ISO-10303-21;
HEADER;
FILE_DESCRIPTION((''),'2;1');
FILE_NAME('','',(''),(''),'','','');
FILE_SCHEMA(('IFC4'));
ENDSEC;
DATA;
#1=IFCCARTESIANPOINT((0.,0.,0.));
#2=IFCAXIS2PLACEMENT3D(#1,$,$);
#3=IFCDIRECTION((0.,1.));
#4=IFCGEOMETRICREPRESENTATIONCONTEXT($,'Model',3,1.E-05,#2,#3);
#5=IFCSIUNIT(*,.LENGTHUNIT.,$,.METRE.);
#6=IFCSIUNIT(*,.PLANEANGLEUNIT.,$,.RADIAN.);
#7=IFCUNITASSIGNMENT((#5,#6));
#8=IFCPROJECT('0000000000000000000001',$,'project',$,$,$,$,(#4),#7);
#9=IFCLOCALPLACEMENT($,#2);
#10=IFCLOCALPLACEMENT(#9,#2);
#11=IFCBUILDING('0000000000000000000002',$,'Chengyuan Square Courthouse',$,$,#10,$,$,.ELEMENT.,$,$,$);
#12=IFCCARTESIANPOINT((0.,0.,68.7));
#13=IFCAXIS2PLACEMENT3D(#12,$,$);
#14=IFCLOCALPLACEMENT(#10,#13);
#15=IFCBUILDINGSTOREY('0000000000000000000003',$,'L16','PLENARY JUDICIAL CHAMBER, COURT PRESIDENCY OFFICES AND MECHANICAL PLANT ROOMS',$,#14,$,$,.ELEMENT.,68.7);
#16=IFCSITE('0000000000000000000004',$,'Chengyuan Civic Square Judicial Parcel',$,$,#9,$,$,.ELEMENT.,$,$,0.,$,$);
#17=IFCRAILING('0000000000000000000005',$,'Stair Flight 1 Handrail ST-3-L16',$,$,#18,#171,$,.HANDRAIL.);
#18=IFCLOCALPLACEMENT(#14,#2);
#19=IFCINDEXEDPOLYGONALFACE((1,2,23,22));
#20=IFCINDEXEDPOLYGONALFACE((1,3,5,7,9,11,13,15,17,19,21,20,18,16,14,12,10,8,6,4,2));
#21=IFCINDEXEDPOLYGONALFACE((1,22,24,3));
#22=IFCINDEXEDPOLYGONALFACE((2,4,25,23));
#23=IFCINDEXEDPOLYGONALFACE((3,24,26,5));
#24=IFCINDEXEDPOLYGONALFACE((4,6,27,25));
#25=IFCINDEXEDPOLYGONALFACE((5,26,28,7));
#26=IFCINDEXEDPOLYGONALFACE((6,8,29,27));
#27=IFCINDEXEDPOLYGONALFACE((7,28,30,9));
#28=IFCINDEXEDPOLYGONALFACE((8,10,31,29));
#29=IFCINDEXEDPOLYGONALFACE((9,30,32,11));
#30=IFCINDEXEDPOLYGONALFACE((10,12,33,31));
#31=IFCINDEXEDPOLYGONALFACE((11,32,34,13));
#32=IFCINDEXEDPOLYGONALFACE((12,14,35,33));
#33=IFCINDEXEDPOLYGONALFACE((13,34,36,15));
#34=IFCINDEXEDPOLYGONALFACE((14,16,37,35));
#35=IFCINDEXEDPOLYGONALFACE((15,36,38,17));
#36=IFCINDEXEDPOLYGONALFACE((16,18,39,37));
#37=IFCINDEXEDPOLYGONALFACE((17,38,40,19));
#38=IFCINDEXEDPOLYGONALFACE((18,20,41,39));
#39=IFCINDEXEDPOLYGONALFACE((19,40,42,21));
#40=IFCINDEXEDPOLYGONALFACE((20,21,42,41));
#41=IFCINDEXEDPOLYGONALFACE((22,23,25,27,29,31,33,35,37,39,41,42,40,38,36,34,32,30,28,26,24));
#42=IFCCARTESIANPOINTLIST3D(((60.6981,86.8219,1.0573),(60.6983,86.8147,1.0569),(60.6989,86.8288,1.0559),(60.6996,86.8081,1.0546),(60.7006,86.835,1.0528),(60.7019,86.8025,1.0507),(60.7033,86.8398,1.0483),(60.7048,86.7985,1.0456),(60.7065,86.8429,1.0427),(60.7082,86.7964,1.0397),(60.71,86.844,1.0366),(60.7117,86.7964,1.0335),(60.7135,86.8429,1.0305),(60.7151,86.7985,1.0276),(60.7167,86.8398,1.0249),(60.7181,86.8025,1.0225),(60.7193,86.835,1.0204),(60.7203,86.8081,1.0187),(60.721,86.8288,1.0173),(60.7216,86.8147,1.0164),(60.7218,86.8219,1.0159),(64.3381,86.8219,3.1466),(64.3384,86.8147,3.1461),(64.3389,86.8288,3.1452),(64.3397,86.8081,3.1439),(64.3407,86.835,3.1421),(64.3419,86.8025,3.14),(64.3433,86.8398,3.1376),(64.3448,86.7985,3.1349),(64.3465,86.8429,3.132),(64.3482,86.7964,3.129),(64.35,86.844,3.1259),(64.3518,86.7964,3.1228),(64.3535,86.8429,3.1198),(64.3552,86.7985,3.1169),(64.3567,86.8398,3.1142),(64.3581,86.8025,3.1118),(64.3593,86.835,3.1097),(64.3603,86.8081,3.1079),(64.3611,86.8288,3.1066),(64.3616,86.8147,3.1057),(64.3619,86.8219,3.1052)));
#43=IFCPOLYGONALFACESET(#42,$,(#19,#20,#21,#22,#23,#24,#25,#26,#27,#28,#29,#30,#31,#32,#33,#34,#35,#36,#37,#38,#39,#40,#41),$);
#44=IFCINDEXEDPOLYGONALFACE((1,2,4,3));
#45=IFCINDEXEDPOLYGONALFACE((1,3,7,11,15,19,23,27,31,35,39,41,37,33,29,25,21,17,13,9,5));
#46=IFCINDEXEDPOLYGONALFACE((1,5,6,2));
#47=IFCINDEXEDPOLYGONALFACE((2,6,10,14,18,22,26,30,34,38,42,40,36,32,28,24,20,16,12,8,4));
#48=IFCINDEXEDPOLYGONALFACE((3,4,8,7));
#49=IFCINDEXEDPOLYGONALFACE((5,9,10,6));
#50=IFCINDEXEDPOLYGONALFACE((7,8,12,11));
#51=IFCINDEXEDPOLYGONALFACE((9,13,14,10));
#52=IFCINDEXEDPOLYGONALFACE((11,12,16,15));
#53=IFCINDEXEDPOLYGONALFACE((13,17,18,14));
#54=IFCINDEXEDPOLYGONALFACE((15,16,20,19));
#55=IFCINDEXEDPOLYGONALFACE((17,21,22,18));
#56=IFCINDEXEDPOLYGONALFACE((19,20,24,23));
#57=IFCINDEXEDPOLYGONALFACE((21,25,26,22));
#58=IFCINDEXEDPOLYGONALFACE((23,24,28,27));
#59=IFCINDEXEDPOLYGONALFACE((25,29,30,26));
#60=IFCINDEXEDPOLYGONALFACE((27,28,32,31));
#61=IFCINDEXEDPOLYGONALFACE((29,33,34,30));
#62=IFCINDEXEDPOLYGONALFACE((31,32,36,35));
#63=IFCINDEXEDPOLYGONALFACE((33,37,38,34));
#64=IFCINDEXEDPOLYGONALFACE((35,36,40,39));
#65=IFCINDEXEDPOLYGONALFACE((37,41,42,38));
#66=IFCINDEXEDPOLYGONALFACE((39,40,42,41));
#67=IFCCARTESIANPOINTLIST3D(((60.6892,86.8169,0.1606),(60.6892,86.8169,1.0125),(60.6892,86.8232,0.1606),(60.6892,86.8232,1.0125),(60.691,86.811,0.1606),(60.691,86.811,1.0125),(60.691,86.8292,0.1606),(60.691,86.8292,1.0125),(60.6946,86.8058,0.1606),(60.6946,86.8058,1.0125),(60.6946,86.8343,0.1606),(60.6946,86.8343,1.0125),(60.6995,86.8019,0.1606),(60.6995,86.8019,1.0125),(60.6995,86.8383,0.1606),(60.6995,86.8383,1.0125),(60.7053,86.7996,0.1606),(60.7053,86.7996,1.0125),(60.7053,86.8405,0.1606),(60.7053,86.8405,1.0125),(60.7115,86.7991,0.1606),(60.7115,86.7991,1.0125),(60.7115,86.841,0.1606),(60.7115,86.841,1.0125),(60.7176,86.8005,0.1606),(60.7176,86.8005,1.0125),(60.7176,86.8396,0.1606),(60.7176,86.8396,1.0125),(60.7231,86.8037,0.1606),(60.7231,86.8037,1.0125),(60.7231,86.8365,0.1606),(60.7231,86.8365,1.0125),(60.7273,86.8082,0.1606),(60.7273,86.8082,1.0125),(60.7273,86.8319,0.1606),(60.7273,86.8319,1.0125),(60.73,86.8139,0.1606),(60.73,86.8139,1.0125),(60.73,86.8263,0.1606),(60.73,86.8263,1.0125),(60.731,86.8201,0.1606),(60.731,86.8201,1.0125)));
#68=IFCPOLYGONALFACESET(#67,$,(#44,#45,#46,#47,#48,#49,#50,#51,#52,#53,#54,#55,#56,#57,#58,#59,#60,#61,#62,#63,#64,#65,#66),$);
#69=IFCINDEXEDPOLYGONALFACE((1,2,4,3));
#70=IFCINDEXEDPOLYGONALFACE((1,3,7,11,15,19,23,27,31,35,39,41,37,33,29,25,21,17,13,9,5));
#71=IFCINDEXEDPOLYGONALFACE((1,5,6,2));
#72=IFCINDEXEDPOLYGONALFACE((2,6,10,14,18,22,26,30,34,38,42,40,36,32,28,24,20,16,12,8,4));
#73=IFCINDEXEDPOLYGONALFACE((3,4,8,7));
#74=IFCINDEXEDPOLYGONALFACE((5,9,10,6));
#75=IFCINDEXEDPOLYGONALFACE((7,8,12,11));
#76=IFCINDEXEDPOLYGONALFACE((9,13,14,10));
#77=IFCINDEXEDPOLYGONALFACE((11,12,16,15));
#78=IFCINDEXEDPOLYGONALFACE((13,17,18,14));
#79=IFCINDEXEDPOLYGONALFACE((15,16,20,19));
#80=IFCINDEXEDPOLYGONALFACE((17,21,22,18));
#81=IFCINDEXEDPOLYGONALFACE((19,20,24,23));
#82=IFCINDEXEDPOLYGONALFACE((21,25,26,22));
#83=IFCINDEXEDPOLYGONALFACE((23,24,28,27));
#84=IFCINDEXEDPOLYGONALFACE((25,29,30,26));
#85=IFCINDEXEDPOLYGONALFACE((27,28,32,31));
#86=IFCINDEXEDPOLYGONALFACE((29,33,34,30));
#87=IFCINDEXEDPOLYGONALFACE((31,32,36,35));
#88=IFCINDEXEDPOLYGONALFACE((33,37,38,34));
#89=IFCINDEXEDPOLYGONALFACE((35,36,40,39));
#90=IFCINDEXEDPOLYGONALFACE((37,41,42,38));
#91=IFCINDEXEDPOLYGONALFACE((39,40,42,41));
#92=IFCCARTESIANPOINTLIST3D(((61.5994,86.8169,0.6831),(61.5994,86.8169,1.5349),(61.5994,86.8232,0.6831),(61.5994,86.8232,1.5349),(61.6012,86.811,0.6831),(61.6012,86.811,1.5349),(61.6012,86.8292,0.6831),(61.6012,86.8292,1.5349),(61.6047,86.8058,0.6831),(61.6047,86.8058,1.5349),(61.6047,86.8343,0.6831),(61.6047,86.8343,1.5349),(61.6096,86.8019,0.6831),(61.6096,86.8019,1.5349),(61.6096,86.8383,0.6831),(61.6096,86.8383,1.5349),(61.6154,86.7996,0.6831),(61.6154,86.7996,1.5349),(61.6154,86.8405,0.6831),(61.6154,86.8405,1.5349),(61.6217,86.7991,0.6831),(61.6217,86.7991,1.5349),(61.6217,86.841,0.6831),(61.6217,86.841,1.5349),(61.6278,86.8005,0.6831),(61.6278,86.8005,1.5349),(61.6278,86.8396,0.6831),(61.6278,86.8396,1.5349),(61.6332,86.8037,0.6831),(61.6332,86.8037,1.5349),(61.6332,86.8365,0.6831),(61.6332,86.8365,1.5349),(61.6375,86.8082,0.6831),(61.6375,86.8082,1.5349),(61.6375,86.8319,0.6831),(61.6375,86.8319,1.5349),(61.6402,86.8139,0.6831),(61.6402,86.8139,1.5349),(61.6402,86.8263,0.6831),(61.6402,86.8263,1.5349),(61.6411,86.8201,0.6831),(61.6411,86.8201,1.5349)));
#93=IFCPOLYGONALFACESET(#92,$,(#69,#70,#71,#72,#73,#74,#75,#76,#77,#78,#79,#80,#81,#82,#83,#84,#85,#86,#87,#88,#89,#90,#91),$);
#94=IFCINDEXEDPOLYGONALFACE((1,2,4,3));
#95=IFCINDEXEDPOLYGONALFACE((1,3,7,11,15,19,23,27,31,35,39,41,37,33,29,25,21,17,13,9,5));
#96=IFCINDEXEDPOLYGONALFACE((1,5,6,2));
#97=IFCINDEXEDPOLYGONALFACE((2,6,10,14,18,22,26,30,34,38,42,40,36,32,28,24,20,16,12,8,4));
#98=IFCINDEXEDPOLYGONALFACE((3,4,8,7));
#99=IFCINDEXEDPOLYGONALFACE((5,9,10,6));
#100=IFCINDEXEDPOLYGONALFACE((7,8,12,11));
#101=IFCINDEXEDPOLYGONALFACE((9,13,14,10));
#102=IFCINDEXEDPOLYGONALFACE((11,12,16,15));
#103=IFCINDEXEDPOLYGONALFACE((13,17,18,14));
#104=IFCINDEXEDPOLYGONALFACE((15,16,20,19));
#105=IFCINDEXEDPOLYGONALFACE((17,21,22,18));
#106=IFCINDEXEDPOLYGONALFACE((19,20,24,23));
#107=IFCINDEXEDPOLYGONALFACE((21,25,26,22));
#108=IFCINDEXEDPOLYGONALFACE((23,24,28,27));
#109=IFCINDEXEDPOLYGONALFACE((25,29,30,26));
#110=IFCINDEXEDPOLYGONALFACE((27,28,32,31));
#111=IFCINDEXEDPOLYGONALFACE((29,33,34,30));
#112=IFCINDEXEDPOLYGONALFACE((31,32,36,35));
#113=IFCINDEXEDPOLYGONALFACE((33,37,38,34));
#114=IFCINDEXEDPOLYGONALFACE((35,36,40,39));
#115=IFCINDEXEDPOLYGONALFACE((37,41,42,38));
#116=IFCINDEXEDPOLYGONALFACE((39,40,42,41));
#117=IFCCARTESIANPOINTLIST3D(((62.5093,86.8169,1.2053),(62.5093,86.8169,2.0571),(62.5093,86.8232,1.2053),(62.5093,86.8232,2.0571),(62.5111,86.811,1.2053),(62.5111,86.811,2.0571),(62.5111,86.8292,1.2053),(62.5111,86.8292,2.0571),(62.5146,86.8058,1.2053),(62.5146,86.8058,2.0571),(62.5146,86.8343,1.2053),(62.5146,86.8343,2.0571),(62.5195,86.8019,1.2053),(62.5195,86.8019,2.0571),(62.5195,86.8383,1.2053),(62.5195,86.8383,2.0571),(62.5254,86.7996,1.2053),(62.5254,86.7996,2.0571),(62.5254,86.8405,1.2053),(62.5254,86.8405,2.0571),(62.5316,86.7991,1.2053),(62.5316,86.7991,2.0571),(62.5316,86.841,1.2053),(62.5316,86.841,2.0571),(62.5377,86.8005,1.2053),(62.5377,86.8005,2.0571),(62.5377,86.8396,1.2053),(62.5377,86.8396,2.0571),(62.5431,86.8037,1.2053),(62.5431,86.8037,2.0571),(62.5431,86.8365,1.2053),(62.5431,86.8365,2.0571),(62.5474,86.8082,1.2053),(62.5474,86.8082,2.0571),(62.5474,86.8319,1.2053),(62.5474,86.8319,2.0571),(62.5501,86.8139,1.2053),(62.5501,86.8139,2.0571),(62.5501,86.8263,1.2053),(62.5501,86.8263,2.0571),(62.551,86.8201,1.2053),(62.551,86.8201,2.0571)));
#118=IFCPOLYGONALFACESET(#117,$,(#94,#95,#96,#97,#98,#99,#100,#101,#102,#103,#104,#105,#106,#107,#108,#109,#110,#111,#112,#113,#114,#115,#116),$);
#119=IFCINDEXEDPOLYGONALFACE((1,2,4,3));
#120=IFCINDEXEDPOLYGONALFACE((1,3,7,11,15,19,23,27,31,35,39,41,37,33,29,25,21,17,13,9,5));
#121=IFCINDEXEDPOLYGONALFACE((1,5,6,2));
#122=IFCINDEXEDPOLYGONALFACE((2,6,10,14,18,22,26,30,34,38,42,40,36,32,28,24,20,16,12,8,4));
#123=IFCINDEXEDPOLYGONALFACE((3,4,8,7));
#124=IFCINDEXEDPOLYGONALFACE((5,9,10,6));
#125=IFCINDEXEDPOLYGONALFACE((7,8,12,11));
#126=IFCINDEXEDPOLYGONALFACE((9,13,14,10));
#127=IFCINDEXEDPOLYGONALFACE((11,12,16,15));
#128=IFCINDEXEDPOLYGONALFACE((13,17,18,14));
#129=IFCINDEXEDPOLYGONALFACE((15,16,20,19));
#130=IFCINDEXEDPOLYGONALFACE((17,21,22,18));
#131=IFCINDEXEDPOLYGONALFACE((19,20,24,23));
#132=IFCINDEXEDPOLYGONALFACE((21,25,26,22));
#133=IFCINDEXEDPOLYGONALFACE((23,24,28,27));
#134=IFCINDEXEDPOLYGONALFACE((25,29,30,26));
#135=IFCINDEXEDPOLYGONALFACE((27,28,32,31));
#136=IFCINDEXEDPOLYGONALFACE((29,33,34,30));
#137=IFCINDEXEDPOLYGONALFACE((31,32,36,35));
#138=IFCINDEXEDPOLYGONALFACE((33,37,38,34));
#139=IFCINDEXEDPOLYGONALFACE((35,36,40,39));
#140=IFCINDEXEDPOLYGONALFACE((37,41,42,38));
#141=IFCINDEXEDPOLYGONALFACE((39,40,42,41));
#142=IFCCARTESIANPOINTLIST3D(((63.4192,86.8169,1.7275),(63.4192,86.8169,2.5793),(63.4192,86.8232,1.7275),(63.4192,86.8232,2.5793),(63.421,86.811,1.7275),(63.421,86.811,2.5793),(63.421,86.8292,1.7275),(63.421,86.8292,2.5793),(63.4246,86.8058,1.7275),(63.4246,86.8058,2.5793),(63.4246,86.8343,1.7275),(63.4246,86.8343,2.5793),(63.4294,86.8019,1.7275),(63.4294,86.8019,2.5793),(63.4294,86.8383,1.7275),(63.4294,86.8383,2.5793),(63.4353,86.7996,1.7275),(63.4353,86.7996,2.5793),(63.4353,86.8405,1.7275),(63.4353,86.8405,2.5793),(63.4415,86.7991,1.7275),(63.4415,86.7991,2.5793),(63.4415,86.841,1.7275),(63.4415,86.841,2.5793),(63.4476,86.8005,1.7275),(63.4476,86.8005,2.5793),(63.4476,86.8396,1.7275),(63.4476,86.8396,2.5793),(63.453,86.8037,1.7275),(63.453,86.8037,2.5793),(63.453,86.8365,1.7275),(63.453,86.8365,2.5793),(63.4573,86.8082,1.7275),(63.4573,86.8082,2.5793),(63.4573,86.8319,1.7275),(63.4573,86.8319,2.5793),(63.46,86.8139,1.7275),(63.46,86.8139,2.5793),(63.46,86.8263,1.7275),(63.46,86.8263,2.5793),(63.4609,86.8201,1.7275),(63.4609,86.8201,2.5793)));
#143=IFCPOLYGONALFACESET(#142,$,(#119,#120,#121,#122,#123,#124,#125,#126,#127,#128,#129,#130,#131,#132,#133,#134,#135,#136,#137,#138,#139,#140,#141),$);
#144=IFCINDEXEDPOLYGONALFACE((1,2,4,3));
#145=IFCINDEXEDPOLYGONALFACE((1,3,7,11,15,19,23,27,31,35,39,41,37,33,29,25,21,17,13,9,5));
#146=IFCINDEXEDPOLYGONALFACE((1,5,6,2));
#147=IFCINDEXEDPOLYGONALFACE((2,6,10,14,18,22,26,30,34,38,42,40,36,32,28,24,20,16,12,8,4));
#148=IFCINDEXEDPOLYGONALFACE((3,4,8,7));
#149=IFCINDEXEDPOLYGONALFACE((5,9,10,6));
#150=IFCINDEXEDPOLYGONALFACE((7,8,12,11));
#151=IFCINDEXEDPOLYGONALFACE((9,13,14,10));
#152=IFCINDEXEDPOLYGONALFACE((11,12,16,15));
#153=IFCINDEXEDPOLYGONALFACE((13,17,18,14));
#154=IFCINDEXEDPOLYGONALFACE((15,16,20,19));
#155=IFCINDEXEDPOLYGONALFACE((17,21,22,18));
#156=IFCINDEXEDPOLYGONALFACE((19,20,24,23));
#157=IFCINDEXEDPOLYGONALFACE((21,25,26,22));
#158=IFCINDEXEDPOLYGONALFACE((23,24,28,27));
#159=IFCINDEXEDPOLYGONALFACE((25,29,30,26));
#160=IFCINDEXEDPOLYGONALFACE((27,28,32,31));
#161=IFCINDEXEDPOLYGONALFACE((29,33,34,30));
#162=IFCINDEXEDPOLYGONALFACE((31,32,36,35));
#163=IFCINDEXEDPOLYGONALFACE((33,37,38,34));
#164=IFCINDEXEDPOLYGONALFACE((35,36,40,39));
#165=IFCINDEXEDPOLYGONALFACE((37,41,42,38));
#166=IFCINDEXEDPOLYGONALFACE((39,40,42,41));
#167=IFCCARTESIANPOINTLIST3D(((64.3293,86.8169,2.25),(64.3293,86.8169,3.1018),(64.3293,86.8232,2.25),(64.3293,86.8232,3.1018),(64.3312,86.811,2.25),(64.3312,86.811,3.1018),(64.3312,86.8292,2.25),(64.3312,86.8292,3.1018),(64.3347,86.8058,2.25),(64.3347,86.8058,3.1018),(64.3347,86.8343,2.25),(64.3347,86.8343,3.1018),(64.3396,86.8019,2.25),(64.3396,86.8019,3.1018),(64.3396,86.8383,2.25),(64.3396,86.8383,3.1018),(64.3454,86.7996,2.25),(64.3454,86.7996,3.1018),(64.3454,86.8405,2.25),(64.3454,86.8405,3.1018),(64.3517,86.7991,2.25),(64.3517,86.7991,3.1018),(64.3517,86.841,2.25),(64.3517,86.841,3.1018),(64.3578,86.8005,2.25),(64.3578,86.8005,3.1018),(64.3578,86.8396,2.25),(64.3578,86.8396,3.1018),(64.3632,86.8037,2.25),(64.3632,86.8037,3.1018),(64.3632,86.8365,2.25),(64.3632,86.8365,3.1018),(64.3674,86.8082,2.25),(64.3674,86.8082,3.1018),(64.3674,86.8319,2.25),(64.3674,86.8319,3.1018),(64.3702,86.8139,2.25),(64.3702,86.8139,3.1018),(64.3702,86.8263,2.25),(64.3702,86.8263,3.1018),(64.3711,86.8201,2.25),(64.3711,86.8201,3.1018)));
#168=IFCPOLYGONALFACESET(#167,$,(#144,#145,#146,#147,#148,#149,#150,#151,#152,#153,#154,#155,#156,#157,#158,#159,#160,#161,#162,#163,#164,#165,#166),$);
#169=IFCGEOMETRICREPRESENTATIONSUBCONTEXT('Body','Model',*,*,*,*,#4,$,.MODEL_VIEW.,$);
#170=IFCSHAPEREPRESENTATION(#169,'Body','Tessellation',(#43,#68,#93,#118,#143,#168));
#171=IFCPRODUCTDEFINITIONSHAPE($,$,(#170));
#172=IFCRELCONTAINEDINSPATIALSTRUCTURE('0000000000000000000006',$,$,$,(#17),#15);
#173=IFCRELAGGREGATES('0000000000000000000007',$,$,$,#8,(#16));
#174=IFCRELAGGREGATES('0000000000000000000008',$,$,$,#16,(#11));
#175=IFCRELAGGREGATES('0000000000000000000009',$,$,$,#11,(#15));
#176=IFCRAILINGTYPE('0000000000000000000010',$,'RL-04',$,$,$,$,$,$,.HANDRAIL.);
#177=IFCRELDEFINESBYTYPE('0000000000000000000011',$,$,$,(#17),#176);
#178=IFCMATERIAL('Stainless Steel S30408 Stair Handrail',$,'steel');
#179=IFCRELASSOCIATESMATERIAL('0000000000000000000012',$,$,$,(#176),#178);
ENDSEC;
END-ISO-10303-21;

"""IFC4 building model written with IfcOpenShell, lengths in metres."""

from ifc_helpers import new_model, si_unit, direction, frame, origin, origin_2d, place, context, subcontext, project, spatial, circle, extrude, material, type_object, element, save


model = new_model("IFC4")

# Units and contexts
model_context = context("Model", 3, precision=1e-05, world=origin(), true_north=direction((0.0, 1.0)))
body_context = subcontext(model_context, "Body", "Model", "MODEL_VIEW")
ifc_project = project(units=[si_unit("LENGTHUNIT", "METRE"), si_unit("PLANEANGLEUNIT", "RADIAN")], contexts=[model_context])

# Site, building, storey
site_placement = place(None, origin())
site = spatial("IfcSite", under=ifc_project, at=site_placement, Name="Chengyuan Civic Square Judicial Parcel", CompositionType="ELEMENT", RefElevation=0.0)
building_placement = place(site_placement, origin())
building = spatial("IfcBuilding", under=site, at=building_placement, Name="Chengyuan Square Courthouse", CompositionType="ELEMENT")
storey_placement = place(building_placement, frame((0.0, 0.0, 68.7)))
storey = spatial("IfcBuildingStorey", under=building, at=storey_placement, Name="L16", Description="PLENARY JUDICIAL CHAMBER, COURT PRESIDENCY OFFICES AND MECHANICAL PLANT ROOMS", CompositionType="ELEMENT", Elevation=68.7)

# Railing
ifc_material_1 = material(Name="Stainless Steel S30408 Stair Handrail", Category="steel")
railing_type_1 = type_object("IfcRailingType", Name="RL-04", PredefinedType="HANDRAIL", material=ifc_material_1)
railing_1_placement = place(storey_placement, frame((60.71, 86.8201, 0.1606)))
element("IfcRailing", 1, at=railing_1_placement, inside=storey, type_object=railing_type_1, Name="Stair Flight 1 Handrail ST-3-L16", PredefinedType="HANDRAIL", context=body_context, shape_type="SweptSolid", body=[
    extrude(circle(Radius=0.0239, at=origin_2d()), frame((0.0, 0.0, 0.876), z_axis=(0.867289, 0.0, 0.497804), x_axis=(0.0, 1.0, 0.0)), (0.0, 0.0, 1.0), 4.197),
    extrude(circle(Radius=0.021, at=origin_2d()), origin(), (0.0, 0.0, 1.0), 0.8518),
    extrude(circle(Radius=0.021, at=origin_2d()), frame((0.9102, 0.0, 0.5225)), (0.0, 0.0, 1.0), 0.8518),
    extrude(circle(Radius=0.021, at=origin_2d()), frame((1.8201, 0.0, 1.0447)), (0.0, 0.0, 1.0), 0.8518),
    extrude(circle(Radius=0.021, at=origin_2d()), frame((2.73, 0.0, 1.5669)), (0.0, 0.0, 1.0), 0.8518),
    extrude(circle(Radius=0.021, at=origin_2d()), frame((3.6401, 0.0, 2.0894)), (0.0, 0.0, 1.0), 0.8518),
])

save(model, "model.ifc")
